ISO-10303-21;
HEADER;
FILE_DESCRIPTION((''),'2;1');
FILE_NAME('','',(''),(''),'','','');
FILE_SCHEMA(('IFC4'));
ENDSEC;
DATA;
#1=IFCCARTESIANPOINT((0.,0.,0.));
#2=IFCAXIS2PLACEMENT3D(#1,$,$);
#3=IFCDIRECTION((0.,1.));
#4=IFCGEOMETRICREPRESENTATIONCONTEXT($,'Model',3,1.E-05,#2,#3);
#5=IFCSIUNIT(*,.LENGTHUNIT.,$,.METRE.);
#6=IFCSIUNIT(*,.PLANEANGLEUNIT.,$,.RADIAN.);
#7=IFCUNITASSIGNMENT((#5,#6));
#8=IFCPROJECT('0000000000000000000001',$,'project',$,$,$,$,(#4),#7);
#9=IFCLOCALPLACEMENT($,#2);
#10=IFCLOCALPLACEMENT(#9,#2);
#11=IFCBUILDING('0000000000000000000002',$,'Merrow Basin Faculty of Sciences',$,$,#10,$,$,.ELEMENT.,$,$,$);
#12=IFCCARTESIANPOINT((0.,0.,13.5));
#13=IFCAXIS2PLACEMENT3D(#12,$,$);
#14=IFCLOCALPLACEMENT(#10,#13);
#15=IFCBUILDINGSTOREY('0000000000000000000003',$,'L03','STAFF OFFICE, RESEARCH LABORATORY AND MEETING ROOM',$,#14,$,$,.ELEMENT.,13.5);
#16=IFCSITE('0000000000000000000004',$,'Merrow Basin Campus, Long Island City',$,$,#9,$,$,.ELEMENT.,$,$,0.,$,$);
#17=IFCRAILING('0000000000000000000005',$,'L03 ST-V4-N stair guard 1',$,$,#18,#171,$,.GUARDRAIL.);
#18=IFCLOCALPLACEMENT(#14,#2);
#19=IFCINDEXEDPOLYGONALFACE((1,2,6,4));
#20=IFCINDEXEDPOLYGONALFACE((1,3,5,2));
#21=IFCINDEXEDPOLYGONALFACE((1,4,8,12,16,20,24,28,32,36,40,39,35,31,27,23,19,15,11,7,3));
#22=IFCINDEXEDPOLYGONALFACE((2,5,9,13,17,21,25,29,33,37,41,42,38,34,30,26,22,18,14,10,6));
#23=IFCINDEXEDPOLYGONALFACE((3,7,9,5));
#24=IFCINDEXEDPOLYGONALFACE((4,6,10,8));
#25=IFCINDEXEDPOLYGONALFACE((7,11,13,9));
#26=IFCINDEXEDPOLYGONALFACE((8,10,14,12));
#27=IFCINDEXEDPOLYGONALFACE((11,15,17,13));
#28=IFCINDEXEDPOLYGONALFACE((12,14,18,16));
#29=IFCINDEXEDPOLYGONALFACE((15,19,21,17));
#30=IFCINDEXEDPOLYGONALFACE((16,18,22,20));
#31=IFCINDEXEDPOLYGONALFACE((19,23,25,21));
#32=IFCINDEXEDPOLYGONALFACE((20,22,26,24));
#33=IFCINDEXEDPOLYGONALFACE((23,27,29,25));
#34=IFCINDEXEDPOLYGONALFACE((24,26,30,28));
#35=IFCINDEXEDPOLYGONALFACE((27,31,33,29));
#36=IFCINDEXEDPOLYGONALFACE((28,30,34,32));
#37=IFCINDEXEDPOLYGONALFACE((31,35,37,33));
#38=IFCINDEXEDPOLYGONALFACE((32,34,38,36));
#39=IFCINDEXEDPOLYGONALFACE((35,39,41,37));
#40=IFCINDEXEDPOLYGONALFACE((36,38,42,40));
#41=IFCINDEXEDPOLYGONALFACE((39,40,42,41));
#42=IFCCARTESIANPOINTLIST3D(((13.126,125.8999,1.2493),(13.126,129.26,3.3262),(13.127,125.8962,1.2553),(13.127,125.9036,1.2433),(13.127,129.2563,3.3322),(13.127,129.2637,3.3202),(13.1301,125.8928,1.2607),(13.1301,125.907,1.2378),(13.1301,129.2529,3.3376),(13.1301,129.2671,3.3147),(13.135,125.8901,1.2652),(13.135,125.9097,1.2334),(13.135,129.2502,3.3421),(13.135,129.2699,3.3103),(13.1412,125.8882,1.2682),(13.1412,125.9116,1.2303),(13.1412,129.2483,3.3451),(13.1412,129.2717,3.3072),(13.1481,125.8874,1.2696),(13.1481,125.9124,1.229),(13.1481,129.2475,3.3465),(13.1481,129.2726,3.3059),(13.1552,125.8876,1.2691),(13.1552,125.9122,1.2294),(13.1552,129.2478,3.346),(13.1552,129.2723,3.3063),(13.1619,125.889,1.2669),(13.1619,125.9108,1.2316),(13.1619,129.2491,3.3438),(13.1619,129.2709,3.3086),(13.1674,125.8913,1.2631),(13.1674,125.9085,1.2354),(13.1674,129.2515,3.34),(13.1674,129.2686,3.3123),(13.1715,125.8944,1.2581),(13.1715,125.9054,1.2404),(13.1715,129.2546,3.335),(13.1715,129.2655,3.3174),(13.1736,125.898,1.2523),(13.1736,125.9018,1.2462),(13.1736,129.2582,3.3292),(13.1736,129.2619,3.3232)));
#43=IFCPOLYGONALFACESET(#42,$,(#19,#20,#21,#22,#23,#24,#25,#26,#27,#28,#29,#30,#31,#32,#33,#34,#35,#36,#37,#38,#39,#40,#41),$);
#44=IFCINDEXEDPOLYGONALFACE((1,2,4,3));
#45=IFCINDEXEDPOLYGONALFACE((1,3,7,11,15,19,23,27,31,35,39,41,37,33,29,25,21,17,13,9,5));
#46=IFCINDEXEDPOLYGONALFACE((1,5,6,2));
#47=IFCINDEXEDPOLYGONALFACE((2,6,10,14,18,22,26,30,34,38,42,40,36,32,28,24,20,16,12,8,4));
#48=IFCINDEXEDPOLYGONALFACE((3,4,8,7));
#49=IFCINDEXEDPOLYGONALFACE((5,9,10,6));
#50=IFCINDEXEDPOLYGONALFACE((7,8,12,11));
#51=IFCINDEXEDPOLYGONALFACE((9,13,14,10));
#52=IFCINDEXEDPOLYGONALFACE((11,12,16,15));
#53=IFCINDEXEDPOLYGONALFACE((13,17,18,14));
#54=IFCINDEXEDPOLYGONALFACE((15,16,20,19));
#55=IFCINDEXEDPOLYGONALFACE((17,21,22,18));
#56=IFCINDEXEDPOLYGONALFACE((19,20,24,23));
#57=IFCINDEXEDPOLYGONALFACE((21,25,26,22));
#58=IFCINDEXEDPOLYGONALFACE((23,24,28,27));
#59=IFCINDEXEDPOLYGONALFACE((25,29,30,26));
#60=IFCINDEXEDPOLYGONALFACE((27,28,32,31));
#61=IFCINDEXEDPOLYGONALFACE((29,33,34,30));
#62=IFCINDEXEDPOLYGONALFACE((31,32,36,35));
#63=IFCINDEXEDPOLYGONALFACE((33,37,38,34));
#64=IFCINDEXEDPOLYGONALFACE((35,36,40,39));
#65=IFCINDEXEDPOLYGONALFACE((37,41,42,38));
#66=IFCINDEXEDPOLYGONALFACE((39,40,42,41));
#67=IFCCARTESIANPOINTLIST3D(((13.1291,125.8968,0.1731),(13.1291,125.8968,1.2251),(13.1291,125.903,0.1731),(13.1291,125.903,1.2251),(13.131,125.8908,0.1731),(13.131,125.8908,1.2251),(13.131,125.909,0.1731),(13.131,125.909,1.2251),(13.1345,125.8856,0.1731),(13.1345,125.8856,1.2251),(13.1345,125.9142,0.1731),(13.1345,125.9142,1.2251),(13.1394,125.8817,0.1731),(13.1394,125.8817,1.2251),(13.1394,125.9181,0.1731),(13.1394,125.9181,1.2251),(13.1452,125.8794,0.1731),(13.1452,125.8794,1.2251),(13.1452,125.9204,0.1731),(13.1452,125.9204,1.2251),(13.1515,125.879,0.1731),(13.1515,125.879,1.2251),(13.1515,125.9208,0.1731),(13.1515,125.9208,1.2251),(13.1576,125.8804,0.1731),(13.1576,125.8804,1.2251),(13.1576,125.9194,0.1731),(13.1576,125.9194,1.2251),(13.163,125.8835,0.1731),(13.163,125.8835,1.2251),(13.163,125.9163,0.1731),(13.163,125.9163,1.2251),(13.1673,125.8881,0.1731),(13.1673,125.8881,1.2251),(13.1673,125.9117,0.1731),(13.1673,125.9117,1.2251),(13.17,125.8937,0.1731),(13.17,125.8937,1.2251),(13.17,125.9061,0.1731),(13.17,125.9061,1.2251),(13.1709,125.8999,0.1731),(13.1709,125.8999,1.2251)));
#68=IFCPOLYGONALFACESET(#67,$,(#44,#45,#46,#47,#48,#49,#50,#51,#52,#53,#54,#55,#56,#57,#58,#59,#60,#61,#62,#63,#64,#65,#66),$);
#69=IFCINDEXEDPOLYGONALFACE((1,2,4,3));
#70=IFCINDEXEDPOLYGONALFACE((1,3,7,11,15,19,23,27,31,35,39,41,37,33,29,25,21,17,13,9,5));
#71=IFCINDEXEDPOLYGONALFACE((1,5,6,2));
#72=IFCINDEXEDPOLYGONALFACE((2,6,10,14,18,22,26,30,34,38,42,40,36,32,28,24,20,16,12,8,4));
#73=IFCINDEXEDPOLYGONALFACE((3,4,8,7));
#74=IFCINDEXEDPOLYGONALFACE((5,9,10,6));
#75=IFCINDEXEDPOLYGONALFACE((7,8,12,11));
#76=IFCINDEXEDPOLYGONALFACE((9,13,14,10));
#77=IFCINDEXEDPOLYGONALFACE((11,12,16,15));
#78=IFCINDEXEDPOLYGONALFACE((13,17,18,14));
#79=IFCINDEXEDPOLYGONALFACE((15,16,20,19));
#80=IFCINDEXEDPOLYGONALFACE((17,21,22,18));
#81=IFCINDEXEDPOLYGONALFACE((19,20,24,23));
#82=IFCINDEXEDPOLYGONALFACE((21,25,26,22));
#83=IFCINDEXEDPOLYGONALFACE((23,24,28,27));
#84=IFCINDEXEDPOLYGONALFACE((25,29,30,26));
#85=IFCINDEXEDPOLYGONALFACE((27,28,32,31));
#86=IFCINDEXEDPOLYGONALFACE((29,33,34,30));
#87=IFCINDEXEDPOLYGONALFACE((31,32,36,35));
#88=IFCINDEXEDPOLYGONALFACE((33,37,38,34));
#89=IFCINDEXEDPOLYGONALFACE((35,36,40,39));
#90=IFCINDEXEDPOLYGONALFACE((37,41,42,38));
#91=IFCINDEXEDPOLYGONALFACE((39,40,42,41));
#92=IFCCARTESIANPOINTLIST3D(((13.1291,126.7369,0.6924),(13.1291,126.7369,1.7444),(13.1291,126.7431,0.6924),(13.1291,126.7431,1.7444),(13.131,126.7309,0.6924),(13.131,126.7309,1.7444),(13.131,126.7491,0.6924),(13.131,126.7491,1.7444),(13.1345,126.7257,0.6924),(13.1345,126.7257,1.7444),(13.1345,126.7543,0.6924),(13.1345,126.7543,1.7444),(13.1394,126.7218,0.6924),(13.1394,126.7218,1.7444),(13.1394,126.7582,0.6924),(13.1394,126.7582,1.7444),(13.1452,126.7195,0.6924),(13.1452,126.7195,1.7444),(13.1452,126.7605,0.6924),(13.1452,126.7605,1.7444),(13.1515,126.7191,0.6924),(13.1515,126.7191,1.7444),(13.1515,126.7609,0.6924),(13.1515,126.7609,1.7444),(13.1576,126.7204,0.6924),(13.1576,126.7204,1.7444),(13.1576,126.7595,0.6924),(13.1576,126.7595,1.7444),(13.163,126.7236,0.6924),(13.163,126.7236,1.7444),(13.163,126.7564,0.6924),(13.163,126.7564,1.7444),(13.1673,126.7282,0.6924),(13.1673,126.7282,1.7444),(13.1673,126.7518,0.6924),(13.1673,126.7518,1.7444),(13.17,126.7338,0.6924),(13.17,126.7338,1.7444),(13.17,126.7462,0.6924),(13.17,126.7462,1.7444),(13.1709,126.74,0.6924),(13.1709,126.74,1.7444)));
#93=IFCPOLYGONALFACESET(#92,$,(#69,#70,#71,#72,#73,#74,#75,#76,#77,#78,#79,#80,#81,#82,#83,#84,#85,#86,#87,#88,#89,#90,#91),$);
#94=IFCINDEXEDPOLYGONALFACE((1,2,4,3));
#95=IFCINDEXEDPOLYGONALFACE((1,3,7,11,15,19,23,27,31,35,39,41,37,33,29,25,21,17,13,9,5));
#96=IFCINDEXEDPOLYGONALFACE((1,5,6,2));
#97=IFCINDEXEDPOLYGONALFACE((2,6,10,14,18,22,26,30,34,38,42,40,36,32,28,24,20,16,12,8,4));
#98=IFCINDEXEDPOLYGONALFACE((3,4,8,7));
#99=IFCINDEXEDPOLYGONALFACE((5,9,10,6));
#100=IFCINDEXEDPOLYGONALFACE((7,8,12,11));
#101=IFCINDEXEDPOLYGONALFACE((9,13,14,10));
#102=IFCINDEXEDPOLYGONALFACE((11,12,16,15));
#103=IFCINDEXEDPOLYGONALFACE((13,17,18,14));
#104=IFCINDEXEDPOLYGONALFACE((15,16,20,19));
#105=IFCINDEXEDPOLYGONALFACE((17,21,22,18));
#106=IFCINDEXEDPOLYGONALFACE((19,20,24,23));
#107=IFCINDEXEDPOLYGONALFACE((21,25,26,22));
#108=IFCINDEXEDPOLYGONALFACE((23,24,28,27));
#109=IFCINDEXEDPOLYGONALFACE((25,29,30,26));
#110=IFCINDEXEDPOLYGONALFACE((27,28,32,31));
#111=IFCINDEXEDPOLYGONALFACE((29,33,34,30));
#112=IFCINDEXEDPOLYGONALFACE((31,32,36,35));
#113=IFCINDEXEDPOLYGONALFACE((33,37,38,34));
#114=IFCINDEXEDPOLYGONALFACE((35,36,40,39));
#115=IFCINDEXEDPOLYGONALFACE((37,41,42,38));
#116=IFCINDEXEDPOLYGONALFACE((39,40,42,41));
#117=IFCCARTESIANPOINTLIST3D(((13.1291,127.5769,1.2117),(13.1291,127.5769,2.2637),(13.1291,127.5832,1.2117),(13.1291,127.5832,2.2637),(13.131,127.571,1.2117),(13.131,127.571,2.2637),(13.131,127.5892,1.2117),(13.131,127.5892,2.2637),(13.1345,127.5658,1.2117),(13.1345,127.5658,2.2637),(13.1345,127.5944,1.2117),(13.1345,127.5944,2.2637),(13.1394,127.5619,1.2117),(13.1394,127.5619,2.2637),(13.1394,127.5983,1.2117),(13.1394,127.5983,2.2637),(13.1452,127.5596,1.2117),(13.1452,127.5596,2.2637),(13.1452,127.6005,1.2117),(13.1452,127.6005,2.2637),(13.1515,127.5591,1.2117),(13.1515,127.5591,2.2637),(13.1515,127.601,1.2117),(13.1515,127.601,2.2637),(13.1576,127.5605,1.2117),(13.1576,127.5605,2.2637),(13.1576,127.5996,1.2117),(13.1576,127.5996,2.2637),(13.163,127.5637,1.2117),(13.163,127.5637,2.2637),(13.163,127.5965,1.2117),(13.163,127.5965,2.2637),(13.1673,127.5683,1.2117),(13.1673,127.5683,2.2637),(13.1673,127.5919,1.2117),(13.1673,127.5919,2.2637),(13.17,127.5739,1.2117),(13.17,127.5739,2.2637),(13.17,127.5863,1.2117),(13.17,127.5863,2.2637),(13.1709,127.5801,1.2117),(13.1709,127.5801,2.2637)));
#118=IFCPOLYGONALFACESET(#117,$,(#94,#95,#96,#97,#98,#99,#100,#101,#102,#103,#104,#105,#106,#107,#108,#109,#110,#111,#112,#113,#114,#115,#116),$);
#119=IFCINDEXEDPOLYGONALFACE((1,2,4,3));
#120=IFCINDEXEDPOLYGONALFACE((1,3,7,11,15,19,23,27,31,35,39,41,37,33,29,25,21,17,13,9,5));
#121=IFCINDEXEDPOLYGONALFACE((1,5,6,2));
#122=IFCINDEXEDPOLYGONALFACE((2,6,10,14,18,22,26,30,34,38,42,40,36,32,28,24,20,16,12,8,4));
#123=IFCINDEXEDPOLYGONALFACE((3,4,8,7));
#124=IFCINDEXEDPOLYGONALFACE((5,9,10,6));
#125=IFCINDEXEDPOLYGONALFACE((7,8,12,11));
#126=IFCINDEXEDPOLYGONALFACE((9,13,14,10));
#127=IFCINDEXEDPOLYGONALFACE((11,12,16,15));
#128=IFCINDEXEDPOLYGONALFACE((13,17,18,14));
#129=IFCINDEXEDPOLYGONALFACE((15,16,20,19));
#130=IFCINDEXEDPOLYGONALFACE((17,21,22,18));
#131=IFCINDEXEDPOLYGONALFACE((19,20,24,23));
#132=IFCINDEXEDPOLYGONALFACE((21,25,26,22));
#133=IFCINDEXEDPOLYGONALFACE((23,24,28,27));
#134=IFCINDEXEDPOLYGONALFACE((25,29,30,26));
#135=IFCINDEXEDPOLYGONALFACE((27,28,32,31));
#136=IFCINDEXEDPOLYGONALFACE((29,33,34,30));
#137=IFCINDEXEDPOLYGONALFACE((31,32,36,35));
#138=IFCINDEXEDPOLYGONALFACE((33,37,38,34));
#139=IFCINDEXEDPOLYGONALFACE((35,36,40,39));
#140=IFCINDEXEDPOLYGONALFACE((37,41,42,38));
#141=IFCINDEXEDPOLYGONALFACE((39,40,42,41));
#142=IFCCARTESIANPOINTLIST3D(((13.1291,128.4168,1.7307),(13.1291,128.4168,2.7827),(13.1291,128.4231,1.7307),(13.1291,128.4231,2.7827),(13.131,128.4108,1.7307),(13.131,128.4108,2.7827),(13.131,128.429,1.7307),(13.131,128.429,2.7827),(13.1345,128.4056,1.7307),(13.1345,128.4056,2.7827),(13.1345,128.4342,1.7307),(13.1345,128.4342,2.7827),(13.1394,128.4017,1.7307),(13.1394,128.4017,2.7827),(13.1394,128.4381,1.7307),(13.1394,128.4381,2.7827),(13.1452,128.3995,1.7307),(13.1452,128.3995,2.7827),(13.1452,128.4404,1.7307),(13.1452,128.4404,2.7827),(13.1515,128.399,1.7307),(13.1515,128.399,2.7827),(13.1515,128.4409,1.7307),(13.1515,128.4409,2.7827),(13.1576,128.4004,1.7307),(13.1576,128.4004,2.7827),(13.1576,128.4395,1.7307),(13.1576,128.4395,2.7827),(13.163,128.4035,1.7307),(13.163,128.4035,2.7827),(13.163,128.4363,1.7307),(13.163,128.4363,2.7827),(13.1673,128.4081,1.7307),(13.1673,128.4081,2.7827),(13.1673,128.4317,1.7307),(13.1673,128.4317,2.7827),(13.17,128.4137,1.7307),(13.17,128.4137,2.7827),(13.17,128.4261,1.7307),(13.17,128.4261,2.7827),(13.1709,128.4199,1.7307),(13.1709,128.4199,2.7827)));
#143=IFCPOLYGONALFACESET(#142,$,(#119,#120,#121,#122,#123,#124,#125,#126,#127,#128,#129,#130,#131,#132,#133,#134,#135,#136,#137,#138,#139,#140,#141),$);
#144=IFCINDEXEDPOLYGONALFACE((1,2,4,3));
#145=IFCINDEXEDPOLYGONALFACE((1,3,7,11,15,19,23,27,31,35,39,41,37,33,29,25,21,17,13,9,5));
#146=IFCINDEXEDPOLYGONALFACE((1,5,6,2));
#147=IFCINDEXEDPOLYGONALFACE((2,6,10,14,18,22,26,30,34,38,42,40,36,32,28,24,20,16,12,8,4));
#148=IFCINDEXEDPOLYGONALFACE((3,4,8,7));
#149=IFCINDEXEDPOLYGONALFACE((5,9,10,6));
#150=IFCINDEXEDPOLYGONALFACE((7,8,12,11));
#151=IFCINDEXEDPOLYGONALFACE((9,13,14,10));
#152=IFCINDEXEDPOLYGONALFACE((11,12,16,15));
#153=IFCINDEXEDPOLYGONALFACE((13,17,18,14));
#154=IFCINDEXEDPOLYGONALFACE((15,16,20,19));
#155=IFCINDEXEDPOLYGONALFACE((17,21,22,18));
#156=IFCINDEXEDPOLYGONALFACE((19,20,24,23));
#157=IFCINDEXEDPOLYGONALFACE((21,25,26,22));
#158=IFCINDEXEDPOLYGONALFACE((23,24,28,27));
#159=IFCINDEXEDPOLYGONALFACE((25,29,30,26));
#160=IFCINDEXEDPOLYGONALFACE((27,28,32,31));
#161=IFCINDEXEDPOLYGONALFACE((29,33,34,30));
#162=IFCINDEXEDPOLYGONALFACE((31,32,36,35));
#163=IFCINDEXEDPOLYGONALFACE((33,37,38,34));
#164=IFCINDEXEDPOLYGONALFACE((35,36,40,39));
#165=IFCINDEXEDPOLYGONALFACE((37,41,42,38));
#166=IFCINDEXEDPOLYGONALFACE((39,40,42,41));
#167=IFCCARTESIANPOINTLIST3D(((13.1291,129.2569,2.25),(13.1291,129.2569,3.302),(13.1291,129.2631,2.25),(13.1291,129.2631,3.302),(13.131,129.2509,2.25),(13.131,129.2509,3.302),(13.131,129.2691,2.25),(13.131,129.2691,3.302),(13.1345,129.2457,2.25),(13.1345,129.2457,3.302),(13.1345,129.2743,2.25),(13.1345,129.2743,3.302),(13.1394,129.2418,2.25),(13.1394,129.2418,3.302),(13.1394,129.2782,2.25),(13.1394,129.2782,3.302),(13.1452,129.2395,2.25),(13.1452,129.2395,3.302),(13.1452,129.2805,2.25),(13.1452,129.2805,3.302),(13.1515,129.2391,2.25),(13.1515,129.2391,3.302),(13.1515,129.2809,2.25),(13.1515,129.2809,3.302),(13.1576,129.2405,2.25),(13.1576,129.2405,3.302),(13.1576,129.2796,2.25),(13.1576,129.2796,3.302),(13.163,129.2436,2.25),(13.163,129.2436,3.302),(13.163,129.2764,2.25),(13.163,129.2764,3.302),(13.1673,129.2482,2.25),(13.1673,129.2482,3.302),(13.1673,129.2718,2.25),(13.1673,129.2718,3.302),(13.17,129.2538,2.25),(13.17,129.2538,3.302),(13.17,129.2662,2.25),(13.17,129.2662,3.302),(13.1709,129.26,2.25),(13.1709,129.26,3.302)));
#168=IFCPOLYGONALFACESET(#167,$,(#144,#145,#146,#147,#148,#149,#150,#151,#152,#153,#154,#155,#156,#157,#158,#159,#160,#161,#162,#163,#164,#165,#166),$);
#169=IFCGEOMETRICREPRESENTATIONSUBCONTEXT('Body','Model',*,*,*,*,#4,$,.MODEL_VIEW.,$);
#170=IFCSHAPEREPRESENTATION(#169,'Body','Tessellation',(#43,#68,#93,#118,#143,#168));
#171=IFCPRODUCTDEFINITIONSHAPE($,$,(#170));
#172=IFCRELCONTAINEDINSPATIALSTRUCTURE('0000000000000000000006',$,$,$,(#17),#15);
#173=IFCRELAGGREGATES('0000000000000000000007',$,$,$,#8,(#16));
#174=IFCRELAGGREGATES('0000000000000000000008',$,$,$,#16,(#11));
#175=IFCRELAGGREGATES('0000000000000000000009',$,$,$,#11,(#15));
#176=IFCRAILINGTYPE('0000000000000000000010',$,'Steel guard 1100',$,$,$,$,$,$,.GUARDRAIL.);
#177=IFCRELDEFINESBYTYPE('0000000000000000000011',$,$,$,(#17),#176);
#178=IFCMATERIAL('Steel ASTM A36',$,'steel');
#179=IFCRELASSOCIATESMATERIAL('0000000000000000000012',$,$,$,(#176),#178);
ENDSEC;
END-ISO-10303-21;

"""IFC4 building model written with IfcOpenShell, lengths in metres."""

from ifc_helpers import new_model, si_unit, direction, frame, origin, origin_2d, place, context, subcontext, project, spatial, circle, extrude, material, type_object, element, save


model = new_model("IFC4")

# Units and contexts
model_context = context("Model", 3, precision=1e-05, world=origin(), true_north=direction((0.0, 1.0)))
body_context = subcontext(model_context, "Body", "Model", "MODEL_VIEW")
ifc_project = project(units=[si_unit("LENGTHUNIT", "METRE"), si_unit("PLANEANGLEUNIT", "RADIAN")], contexts=[model_context])

# Site, building, storey
site_placement = place(None, origin())
site = spatial("IfcSite", under=ifc_project, at=site_placement, Name="Merrow Basin Campus, Long Island City", CompositionType="ELEMENT", RefElevation=0.0)
building_placement = place(site_placement, origin())
building = spatial("IfcBuilding", under=site, at=building_placement, Name="Merrow Basin Faculty of Sciences", CompositionType="ELEMENT")
storey_placement = place(building_placement, frame((0.0, 0.0, 13.5)))
storey = spatial("IfcBuildingStorey", under=building, at=storey_placement, Name="L03", Description="STAFF OFFICE, RESEARCH LABORATORY AND MEETING ROOM", CompositionType="ELEMENT", Elevation=13.5)

# Railing
ifc_material_1 = material(Name="Steel ASTM A36", Category="steel")
railing_type_1 = type_object("IfcRailingType", Name="Steel guard 1100", PredefinedType="GUARDRAIL", material=ifc_material_1)
railing_1_placement = place(storey_placement, frame((13.1499, 125.8999, 0.1731)))
element("IfcRailing", 1, at=railing_1_placement, inside=storey, type_object=railing_type_1, Name="L03 ST-V4-N stair guard 1", PredefinedType="GUARDRAIL", context=body_context, shape_type="SweptSolid", body=[
    extrude(circle(Radius=0.0239, at=origin_2d()), frame((0.0, 0.0, 1.0762), z_axis=(0.0, 0.850623, 0.525776), x_axis=(-1.0, 0.0, 0.0)), (0.0, 0.0, 1.0), 3.9502),
    extrude(circle(Radius=0.021, at=origin_2d()), origin(), (0.0, 0.0, 1.0), 1.052),
    extrude(circle(Radius=0.021, at=origin_2d()), frame((0.0, 0.8401, 0.5193)), (0.0, 0.0, 1.0), 1.052),
    extrude(circle(Radius=0.021, at=origin_2d()), frame((0.0, 1.6802, 1.0386)), (0.0, 0.0, 1.0), 1.052),
    extrude(circle(Radius=0.021, at=origin_2d()), frame((0.0, 2.52, 1.5576)), (0.0, 0.0, 1.0), 1.052),
    extrude(circle(Radius=0.021, at=origin_2d()), frame((0.0, 3.3601, 2.0769)), (0.0, 0.0, 1.0), 1.052),
])

save(model, "model.ifc")
